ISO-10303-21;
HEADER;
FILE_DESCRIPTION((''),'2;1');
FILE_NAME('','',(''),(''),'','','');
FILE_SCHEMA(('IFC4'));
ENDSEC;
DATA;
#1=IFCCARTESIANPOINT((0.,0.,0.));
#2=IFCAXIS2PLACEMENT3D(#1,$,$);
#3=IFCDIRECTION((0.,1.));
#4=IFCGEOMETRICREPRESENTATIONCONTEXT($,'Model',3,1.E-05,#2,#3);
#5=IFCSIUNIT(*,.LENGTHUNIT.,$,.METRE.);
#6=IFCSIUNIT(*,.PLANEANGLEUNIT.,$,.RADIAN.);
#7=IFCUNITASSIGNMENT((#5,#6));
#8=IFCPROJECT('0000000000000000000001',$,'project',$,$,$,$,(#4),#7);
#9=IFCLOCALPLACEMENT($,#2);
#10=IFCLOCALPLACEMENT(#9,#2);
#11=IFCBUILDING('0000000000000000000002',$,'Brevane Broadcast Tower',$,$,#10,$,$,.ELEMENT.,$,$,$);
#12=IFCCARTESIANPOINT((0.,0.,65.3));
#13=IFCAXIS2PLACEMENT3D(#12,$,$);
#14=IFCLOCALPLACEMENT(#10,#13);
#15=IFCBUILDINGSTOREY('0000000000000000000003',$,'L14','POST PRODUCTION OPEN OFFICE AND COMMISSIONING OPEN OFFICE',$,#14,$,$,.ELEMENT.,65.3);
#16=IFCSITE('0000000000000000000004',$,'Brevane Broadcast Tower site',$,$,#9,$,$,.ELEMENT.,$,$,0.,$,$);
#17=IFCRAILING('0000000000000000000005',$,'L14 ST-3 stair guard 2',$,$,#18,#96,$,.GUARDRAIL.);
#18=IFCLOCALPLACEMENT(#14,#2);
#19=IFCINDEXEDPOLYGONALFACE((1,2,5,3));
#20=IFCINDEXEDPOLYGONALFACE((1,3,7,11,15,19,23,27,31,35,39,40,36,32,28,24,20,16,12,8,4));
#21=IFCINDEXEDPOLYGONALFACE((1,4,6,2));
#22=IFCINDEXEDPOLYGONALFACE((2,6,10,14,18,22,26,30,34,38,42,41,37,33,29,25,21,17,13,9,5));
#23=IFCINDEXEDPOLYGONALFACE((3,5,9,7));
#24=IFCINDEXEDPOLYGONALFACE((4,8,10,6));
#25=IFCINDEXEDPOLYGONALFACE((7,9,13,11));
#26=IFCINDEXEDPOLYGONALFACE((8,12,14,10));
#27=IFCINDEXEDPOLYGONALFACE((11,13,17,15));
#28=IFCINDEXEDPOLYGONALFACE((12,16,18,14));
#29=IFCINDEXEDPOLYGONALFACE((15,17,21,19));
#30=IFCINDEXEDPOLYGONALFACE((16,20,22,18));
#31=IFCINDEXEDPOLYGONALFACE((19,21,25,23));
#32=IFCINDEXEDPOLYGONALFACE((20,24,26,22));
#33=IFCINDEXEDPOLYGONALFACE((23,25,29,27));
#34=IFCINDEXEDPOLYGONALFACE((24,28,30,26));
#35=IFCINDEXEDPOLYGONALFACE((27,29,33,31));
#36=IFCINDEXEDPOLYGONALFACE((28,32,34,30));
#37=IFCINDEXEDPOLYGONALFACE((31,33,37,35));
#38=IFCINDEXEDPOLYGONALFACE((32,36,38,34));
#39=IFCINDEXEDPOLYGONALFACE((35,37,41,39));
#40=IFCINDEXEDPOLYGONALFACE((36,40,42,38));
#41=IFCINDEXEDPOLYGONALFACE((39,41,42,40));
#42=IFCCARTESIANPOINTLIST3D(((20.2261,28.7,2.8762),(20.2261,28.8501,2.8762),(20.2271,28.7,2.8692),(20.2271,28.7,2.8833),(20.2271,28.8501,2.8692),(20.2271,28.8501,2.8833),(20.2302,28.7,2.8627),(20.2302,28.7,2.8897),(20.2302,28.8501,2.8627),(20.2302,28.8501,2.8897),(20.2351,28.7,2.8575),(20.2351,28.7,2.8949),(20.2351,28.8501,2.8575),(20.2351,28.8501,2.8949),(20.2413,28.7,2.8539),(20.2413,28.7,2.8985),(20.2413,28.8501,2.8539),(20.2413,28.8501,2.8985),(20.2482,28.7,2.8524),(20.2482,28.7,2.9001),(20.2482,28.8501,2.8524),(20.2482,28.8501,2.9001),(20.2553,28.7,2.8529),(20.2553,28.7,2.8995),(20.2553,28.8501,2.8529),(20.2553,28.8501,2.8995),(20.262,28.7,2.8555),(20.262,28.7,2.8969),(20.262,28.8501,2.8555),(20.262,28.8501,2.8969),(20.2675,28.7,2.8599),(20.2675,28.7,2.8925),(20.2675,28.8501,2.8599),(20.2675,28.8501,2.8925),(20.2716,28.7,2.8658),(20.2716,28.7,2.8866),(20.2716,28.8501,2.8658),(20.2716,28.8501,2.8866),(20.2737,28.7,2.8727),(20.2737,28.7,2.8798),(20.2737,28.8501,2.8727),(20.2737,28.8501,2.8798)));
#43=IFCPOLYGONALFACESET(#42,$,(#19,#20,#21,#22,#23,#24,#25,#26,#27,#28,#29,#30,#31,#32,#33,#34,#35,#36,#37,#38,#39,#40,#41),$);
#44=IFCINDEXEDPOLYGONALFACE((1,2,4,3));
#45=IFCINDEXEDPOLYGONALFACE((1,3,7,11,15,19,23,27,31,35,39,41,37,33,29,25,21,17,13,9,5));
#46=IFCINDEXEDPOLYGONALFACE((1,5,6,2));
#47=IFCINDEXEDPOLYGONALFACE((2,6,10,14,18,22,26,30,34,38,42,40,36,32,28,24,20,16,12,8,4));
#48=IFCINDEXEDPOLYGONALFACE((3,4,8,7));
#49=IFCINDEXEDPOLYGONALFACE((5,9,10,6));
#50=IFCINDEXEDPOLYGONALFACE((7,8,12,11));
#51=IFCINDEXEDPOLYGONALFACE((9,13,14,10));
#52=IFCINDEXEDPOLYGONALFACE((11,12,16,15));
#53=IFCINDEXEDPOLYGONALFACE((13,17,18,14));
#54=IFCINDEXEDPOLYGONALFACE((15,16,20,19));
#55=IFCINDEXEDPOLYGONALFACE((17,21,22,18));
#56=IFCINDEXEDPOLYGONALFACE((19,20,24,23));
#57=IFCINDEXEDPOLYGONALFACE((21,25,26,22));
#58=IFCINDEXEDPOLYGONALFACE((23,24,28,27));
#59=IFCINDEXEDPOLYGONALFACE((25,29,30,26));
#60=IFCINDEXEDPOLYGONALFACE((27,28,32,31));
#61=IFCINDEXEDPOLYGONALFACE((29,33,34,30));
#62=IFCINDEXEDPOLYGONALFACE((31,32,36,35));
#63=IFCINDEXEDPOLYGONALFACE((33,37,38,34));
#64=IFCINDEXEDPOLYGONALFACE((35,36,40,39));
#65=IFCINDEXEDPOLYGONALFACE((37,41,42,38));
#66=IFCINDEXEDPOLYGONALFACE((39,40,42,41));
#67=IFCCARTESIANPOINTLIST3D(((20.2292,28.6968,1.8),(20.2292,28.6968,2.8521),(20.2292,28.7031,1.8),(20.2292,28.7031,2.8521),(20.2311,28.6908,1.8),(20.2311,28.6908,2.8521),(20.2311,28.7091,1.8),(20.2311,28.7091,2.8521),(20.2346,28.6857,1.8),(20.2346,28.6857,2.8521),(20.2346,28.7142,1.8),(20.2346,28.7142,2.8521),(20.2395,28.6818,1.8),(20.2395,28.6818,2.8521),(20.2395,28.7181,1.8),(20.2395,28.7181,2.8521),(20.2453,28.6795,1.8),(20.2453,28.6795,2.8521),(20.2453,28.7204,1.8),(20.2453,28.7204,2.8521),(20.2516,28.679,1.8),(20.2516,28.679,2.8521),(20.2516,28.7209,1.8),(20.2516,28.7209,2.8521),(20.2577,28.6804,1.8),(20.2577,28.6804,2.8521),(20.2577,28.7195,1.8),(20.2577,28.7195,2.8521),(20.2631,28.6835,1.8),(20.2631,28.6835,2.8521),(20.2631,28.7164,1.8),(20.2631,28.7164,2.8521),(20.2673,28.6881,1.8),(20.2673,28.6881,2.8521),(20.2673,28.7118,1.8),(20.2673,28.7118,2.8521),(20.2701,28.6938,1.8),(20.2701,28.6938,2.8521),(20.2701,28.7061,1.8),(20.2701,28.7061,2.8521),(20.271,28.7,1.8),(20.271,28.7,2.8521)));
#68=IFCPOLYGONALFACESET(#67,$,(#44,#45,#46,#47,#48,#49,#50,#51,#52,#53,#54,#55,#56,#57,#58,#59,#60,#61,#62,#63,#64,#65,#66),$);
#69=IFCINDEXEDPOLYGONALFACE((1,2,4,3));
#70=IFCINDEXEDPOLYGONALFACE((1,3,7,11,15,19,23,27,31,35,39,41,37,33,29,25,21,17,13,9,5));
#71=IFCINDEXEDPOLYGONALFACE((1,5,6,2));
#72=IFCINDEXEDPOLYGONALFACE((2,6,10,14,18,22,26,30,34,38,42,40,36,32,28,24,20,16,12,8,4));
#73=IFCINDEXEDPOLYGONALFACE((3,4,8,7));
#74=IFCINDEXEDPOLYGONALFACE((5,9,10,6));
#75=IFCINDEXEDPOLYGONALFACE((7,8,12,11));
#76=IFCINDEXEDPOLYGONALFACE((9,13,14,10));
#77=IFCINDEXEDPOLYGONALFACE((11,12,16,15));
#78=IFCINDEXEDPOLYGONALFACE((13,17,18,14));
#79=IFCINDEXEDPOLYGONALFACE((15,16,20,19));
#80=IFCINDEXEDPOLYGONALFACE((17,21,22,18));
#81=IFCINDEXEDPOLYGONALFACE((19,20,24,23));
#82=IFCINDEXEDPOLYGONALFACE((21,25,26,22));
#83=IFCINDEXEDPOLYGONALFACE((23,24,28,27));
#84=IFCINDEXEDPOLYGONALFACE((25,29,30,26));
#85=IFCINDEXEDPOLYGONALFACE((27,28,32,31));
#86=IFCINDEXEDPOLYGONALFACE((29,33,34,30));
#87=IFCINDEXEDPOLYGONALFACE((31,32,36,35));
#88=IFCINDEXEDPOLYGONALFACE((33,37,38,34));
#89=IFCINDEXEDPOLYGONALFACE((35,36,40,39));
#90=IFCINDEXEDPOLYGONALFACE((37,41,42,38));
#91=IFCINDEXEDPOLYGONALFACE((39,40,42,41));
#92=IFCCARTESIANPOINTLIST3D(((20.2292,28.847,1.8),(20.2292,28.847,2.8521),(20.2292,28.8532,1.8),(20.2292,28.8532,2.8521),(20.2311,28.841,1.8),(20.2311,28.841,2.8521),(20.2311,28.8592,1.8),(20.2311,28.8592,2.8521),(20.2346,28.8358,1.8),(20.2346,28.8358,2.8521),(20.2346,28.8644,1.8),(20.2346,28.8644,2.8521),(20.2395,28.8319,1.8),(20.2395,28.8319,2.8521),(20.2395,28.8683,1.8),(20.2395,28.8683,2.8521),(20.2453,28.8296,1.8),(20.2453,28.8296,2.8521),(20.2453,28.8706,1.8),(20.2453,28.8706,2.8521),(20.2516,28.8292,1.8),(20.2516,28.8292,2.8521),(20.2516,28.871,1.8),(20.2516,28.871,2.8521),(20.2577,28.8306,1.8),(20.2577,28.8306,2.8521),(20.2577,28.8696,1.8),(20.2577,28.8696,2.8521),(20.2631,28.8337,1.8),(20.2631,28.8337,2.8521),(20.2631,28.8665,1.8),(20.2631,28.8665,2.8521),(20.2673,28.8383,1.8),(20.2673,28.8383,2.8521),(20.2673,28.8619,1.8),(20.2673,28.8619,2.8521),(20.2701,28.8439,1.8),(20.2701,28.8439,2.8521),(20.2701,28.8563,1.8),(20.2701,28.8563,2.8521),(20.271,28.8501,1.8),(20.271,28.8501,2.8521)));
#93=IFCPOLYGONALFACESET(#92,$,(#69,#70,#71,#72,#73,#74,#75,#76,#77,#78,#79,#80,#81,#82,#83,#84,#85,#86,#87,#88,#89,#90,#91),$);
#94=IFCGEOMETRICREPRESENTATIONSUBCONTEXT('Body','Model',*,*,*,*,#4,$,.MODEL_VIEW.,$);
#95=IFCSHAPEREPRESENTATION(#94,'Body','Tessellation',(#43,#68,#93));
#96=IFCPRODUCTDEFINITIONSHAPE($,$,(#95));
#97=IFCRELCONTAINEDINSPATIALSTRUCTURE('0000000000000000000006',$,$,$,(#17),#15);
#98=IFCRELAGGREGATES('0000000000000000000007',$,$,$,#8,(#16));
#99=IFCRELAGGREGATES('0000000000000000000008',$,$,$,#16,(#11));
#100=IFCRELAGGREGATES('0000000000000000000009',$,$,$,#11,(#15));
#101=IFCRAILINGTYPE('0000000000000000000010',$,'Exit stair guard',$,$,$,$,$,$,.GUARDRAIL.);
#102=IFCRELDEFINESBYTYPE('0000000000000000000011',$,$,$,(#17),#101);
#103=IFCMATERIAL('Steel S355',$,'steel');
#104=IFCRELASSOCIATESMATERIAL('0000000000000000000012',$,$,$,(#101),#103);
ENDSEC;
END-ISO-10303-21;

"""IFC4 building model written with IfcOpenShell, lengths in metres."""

from ifc_helpers import new_model, si_unit, direction, frame, origin, origin_2d, place, context, subcontext, project, spatial, circle, extrude, material, type_object, element, save


model = new_model("IFC4")

# Units and contexts
model_context = context("Model", 3, precision=1e-05, world=origin(), true_north=direction((0.0, 1.0)))
body_context = subcontext(model_context, "Body", "Model", "MODEL_VIEW")
ifc_project = project(units=[si_unit("LENGTHUNIT", "METRE"), si_unit("PLANEANGLEUNIT", "RADIAN")], contexts=[model_context])

# Site, building, storey
site_placement = place(None, origin())
site = spatial("IfcSite", under=ifc_project, at=site_placement, Name="Brevane Broadcast Tower site", CompositionType="ELEMENT", RefElevation=0.0)
building_placement = place(site_placement, origin())
building = spatial("IfcBuilding", under=site, at=building_placement, Name="Brevane Broadcast Tower", CompositionType="ELEMENT")
storey_placement = place(building_placement, frame((0.0, 0.0, 65.3)))
storey = spatial("IfcBuildingStorey", under=building, at=storey_placement, Name="L14", Description="POST PRODUCTION OPEN OFFICE AND COMMISSIONING OPEN OFFICE", CompositionType="ELEMENT", Elevation=65.3)

# Railing
ifc_material_1 = material(Name="Steel S355", Category="steel")
railing_type_1 = type_object("IfcRailingType", Name="Exit stair guard", PredefinedType="GUARDRAIL", material=ifc_material_1)
railing_1_placement = place(storey_placement, frame((20.25, 28.7, 1.8)))
element("IfcRailing", 1, at=railing_1_placement, inside=storey, type_object=railing_type_1, Name="L14 ST-3 stair guard 2", PredefinedType="GUARDRAIL", context=body_context, shape_type="SweptSolid", body=[
    extrude(circle(Radius=0.0239, at=origin_2d()), frame((0.0, 0.0, 1.0762), z_axis=(0.0, 1.0, 0.0), x_axis=(-1.0, 0.0, 0.0)), (0.0, 0.0, 1.0), 0.1501),
    extrude(circle(Radius=0.021, at=origin_2d()), origin(), (0.0, 0.0, 1.0), 1.052),
    extrude(circle(Radius=0.021, at=origin_2d()), frame((0.0, 0.1501, 0.0)), (0.0, 0.0, 1.0), 1.052),
])

save(model, "model.ifc")
